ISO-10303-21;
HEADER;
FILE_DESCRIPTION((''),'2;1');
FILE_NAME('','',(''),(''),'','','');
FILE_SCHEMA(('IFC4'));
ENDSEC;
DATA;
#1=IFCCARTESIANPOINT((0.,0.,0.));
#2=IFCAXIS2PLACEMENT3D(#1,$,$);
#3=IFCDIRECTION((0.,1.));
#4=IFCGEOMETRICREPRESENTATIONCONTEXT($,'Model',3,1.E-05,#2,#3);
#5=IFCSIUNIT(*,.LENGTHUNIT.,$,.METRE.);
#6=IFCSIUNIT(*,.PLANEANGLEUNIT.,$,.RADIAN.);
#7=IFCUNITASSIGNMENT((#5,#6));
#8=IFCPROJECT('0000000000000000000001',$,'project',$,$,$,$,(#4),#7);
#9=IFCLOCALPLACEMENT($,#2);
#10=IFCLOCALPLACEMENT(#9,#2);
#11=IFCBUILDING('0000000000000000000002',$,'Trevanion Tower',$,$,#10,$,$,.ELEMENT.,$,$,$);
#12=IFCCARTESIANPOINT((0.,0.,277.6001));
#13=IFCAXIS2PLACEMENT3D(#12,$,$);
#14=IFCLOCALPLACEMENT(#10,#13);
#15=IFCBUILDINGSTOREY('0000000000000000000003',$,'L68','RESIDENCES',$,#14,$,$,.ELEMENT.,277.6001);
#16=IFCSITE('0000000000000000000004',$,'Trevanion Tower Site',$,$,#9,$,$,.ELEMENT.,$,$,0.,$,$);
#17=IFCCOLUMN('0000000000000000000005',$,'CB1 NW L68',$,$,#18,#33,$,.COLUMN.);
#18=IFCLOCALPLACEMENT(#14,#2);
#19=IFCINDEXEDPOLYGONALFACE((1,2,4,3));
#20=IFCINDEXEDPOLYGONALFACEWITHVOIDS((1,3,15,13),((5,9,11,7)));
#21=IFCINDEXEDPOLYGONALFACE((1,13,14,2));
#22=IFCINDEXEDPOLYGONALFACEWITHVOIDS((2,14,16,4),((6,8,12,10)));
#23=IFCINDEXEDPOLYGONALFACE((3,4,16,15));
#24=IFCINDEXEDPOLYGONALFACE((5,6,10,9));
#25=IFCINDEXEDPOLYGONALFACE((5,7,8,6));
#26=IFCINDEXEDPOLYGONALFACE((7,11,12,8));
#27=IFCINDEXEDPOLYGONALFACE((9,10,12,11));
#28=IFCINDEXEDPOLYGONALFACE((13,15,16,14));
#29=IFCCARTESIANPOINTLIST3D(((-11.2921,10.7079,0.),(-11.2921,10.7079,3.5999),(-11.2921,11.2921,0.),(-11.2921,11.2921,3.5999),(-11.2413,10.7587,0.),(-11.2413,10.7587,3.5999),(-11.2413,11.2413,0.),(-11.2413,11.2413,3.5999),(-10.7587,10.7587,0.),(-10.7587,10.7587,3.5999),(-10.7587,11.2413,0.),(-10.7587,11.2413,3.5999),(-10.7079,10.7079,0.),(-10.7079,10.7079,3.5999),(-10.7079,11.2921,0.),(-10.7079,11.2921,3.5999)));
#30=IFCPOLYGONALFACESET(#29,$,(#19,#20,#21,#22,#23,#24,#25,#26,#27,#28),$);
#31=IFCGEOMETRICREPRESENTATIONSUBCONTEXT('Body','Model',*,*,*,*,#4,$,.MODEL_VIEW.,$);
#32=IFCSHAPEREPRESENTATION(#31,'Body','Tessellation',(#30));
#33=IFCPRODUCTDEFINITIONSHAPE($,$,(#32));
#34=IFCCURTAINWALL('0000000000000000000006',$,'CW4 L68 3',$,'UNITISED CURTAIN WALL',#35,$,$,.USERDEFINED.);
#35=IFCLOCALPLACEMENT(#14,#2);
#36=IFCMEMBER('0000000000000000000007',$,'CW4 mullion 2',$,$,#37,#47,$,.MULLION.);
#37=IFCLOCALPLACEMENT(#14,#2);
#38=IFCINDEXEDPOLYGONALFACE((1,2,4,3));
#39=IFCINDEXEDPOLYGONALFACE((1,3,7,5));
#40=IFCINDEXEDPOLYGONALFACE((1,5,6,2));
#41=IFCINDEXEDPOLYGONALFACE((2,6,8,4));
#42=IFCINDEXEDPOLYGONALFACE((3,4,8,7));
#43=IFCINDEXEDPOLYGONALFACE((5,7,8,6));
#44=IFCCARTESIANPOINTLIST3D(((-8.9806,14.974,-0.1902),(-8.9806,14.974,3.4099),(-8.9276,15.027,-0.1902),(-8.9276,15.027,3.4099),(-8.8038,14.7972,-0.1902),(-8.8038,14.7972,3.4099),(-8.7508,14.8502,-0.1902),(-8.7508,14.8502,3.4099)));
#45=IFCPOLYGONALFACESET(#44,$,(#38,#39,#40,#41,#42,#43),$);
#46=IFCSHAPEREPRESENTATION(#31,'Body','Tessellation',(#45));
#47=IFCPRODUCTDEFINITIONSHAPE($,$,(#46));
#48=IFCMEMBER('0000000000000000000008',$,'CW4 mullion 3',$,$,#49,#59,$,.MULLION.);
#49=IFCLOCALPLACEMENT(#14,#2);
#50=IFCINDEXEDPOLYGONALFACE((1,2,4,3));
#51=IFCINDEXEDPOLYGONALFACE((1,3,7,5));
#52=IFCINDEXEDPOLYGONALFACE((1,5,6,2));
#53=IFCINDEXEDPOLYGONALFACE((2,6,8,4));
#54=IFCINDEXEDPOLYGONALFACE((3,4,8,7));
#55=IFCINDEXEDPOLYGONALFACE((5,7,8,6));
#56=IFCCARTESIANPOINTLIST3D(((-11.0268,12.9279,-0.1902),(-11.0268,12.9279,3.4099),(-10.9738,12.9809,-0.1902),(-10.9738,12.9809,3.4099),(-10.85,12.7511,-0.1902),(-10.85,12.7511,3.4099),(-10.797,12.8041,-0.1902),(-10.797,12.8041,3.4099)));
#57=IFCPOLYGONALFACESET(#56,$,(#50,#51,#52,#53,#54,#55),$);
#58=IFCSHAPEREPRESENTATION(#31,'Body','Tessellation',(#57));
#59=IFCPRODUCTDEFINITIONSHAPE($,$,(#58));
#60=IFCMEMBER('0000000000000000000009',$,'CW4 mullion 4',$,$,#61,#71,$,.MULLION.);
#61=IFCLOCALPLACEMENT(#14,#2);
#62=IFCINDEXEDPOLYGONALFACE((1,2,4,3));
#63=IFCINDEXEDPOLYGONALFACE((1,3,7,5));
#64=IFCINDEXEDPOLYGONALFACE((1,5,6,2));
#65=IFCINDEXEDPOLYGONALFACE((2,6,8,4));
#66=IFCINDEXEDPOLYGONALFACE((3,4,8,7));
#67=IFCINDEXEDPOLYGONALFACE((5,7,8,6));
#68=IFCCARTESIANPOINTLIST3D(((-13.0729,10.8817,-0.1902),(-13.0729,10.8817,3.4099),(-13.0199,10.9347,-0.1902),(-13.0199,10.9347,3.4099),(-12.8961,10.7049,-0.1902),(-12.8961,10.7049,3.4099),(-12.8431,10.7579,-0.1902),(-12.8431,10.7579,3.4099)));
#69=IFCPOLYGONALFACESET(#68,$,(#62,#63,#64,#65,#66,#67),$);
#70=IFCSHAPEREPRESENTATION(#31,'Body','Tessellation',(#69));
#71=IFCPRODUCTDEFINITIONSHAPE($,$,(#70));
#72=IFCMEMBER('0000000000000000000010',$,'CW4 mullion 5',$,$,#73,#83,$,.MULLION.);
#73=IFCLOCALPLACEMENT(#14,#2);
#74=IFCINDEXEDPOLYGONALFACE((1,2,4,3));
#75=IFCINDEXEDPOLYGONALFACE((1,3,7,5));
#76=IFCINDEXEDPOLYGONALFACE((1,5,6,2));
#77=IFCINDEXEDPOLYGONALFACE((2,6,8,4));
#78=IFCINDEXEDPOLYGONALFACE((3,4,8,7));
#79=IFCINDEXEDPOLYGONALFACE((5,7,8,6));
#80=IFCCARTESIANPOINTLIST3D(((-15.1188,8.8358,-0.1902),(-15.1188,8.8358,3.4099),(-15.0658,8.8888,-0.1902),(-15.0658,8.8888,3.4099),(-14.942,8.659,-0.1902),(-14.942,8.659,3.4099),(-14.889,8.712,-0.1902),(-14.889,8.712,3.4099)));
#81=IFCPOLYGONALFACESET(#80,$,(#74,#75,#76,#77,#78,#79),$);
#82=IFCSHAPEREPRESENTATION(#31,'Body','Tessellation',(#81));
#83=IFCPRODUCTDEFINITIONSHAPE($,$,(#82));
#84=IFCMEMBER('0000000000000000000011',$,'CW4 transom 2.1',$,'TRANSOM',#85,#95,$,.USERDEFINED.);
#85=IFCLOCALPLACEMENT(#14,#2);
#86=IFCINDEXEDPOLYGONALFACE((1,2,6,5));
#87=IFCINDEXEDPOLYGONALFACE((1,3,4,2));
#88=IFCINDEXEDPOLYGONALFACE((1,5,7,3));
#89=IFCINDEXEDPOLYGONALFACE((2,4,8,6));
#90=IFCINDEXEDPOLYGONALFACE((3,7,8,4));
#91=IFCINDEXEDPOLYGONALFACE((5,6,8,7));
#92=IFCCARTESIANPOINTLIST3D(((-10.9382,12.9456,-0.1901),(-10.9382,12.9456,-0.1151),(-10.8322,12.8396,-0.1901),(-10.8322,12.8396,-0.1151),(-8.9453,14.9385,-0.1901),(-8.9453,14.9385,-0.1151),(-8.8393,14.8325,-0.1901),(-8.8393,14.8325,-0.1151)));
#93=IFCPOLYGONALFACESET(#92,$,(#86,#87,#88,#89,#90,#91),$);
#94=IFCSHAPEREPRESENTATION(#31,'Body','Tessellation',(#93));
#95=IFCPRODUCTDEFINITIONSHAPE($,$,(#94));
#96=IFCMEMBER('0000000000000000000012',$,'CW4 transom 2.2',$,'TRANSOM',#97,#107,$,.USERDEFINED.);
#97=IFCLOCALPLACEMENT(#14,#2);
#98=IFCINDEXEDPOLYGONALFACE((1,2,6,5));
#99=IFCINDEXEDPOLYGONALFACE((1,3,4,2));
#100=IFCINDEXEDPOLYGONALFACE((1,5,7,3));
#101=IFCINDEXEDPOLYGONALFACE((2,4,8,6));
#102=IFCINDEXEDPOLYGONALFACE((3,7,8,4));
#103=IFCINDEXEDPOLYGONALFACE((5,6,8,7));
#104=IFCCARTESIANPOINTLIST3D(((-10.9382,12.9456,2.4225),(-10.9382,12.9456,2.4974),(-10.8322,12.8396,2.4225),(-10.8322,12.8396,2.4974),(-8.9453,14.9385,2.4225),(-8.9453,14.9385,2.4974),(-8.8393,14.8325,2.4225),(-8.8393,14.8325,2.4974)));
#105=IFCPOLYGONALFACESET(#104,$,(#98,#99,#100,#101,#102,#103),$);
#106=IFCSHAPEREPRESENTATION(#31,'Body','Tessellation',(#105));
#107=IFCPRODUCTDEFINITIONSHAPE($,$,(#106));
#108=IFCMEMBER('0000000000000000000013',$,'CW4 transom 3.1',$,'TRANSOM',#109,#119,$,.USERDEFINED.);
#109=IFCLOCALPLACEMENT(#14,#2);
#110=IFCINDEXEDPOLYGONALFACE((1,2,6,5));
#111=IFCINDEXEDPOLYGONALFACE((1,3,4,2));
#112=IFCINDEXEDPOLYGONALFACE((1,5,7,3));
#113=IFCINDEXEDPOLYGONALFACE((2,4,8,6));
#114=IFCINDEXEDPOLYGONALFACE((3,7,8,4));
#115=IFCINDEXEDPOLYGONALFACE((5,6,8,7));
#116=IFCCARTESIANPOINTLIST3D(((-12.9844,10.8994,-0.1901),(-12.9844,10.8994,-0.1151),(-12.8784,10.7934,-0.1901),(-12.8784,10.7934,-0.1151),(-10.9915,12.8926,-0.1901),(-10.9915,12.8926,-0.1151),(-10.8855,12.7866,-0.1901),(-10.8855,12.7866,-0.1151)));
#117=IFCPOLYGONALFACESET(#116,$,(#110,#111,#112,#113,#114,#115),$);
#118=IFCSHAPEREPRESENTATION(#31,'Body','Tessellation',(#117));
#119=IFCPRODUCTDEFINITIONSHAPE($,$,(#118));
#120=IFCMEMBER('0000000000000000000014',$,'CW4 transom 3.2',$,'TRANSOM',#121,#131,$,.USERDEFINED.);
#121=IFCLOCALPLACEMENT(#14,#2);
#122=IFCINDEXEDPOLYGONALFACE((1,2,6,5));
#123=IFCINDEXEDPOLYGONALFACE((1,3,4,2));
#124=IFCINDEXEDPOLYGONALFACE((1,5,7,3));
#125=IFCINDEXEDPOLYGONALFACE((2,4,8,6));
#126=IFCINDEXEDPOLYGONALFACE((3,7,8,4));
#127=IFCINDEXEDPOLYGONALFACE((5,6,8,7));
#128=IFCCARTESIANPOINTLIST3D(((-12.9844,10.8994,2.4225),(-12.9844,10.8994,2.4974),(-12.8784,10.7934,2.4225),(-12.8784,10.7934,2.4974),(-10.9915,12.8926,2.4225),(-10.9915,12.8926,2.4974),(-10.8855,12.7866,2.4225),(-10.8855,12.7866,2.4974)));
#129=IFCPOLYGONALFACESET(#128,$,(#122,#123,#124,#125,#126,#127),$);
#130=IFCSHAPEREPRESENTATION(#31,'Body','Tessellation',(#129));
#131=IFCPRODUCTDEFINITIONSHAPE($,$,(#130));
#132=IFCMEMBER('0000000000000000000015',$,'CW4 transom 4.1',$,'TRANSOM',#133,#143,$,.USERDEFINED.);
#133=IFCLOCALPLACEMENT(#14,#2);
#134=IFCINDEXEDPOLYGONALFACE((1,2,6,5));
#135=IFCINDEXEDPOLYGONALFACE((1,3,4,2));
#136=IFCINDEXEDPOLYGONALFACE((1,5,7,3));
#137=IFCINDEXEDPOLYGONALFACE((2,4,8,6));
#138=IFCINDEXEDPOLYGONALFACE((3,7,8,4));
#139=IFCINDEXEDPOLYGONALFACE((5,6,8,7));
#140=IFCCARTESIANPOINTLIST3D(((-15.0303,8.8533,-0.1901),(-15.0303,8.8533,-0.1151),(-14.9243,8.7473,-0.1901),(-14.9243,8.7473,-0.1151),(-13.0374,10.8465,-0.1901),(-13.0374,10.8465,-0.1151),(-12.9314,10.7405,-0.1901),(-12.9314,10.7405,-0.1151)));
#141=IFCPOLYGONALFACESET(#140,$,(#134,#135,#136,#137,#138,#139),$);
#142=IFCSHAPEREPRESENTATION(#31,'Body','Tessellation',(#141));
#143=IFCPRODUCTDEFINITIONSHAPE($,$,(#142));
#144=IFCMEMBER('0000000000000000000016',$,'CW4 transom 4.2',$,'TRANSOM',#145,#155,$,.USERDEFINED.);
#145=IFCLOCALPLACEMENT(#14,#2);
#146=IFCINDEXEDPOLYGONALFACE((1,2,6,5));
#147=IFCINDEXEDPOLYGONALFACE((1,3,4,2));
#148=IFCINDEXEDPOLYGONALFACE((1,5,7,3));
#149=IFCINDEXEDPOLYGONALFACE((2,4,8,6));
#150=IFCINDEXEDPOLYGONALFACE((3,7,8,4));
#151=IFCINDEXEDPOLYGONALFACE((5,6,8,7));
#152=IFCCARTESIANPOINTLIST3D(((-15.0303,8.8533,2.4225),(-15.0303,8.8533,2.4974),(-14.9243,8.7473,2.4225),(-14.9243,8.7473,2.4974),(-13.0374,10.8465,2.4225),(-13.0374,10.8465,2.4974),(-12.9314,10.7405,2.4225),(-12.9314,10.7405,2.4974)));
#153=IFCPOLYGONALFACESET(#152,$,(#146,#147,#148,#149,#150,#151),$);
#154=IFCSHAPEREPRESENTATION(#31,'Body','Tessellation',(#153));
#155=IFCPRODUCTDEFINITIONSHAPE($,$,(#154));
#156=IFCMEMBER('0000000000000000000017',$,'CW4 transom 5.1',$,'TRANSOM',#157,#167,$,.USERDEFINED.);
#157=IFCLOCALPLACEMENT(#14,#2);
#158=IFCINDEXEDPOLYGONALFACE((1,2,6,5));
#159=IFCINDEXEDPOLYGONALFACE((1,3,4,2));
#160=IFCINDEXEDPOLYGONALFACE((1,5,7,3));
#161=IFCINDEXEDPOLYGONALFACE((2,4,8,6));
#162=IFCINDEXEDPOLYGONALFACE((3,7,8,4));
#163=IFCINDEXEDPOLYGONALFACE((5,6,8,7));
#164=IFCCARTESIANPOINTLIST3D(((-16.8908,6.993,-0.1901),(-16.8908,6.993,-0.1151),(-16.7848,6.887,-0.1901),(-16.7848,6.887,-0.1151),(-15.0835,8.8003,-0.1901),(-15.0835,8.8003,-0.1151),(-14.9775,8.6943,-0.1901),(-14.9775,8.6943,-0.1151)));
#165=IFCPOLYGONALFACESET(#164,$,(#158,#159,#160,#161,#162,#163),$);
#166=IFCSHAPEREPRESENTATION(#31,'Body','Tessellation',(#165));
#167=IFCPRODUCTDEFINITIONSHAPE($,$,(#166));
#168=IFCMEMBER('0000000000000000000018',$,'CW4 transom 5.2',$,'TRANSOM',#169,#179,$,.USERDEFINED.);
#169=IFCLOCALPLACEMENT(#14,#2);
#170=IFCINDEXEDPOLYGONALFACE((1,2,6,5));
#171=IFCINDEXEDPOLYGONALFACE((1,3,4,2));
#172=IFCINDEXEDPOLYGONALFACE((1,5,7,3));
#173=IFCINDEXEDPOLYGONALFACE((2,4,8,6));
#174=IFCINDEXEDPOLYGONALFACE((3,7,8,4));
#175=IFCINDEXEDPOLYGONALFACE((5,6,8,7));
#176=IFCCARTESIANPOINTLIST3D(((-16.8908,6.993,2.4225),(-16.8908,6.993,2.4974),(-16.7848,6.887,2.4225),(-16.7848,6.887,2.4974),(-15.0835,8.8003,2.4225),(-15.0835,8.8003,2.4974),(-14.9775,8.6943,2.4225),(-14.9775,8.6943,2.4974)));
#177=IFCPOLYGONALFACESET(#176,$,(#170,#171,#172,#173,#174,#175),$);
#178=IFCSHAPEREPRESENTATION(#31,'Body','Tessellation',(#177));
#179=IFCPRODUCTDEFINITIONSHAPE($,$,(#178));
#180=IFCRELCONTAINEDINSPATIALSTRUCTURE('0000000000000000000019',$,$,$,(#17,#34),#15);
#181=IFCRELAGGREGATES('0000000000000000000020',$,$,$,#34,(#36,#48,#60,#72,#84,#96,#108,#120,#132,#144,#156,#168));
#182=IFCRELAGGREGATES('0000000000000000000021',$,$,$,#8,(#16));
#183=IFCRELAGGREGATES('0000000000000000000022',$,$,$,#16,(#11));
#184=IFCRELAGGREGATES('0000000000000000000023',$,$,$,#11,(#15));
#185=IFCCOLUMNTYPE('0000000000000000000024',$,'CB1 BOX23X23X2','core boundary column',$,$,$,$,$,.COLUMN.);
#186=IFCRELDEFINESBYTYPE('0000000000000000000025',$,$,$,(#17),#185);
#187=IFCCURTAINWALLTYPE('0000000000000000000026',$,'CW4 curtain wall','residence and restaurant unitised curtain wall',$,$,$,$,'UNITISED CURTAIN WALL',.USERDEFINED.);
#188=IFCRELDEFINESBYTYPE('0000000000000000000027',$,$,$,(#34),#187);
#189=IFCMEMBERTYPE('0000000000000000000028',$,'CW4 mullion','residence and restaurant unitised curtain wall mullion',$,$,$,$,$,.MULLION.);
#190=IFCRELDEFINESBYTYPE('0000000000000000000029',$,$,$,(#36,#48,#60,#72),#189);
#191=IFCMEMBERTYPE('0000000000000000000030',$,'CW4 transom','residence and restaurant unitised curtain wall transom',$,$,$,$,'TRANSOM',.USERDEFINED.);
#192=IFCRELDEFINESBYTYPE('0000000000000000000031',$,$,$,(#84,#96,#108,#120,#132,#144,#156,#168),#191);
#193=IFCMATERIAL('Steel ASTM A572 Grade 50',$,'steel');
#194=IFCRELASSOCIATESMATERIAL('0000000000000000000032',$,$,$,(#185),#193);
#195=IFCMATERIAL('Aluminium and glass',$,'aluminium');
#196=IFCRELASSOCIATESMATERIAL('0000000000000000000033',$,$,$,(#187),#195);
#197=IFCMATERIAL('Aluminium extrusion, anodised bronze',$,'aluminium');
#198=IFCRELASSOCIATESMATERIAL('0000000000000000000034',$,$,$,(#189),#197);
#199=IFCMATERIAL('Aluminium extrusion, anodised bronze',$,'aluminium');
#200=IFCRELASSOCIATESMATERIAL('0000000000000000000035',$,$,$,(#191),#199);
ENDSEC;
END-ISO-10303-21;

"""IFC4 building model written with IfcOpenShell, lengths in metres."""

from ifc_helpers import new_model, si_unit, direction, frame, origin, origin_2d, place, context, subcontext, project, spatial, rectangle, hollow_rectangle, extrude, material, material_profile, profile_set, type_object, element, aggregate, save


model = new_model("IFC4")

# Units and contexts
model_context = context("Model", 3, precision=1e-05, world=origin(), true_north=direction((0.0, 1.0)))
body_context = subcontext(model_context, "Body", "Model", "MODEL_VIEW")
ifc_project = project(units=[si_unit("LENGTHUNIT", "METRE"), si_unit("PLANEANGLEUNIT", "RADIAN")], contexts=[model_context])

# Site, building, storey
site_placement = place(None, origin())
site = spatial("IfcSite", under=ifc_project, at=site_placement, Name="Trevanion Tower Site", CompositionType="ELEMENT", RefElevation=0.0)
building_placement = place(site_placement, origin())
building = spatial("IfcBuilding", under=site, at=building_placement, Name="Trevanion Tower", CompositionType="ELEMENT")
storey_placement = place(building_placement, frame((0.0, 0.0, 277.6001)))
storey = spatial("IfcBuildingStorey", under=building, at=storey_placement, Name="L68", Description="RESIDENCES", CompositionType="ELEMENT", Elevation=277.6001)

# Column
ifc_material_1 = material(Name="Steel ASTM A572 Grade 50", Category="steel")
ifc_material_profile_1 = material_profile(ifc_material_1, hollow_rectangle(XDim=0.5842, YDim=0.5842, WallThickness=0.0508, at=origin_2d()), Name="BOX23X23X2")
ifc_profile_set_1 = profile_set([ifc_material_profile_1], Name="Steel ASTM A572 Grade 50")
column_type = type_object("IfcColumnType", Name="CB1 BOX23X23X2", Description="core boundary column", PredefinedType="COLUMN", material=ifc_profile_set_1)
column_placement = place(storey_placement, frame((-11.0, 11.0, 0.0), z_axis=(0.0, 0.0, 1.0), x_axis=(1.0, 0.0, 0.0)))
element("IfcColumn", 1, at=column_placement, inside=storey, type_object=column_type, Name="CB1 NW L68", PredefinedType="COLUMN", context=body_context, shape_type="SweptSolid", body=[
    extrude(hollow_rectangle(XDim=0.5842, YDim=0.5842, WallThickness=0.0508, at=origin_2d()), origin(), (0.0, 0.0, 1.0), 3.5999),
])

# Curtain wall, members
ifc_material_2 = material(Name="Aluminium and glass", Category="aluminium")
curtain_wall_type = type_object("IfcCurtainWallType", Name="CW4 curtain wall", Description="residence and restaurant unitised curtain wall", ElementType="UNITISED CURTAIN WALL", PredefinedType="USERDEFINED", material=ifc_material_2)
curtain_wall_placement = place(storey_placement, origin())
curtain_wall = element("IfcCurtainWall", 2, at=curtain_wall_placement, inside=storey, type_object=curtain_wall_type, Name="CW4 L68 3", ObjectType="UNITISED CURTAIN WALL", PredefinedType="USERDEFINED")
ifc_material_3 = material(Name="Aluminium extrusion, anodised bronze", Category="aluminium")
ifc_material_profile_2 = material_profile(ifc_material_3, rectangle(XDim=0.075, YDim=0.25, at=origin_2d()), Name="CW4 mullion")
ifc_profile_set_2 = profile_set([ifc_material_profile_2], Name="Aluminium extrusion, anodised bronze")
member_type_1 = type_object("IfcMemberType", Name="CW4 mullion", Description="residence and restaurant unitised curtain wall mullion", PredefinedType="MULLION", material=ifc_profile_set_2)
member_1_placement = place(storey_placement, frame((-8.8657, 14.9121, -0.1902), z_axis=(0.0, 0.0, 1.0), x_axis=(-0.707107, -0.707107, 0.0)))
member_1 = element("IfcMember", 3, at=member_1_placement, type_object=member_type_1, Name="CW4 mullion 2", PredefinedType="MULLION", context=body_context, shape_type="SweptSolid", body=[
    extrude(rectangle(XDim=0.075, YDim=0.25, at=origin_2d()), origin(), (0.0, 0.0, 1.0), 3.6001),
])
member_2_placement = place(storey_placement, frame((-10.9119, 12.866, -0.1902), z_axis=(0.0, 0.0, 1.0), x_axis=(-0.707107, -0.707107, 0.0)))
member_2 = element("IfcMember", 4, at=member_2_placement, type_object=member_type_1, Name="CW4 mullion 3", PredefinedType="MULLION", context=body_context, shape_type="SweptSolid", body=[
    extrude(rectangle(XDim=0.075, YDim=0.25, at=origin_2d()), origin(), (0.0, 0.0, 1.0), 3.6001),
])
member_3_placement = place(storey_placement, frame((-12.958, 10.8198, -0.1902), z_axis=(0.0, 0.0, 1.0), x_axis=(-0.707107, -0.707107, 0.0)))
member_3 = element("IfcMember", 5, at=member_3_placement, type_object=member_type_1, Name="CW4 mullion 4", PredefinedType="MULLION", context=body_context, shape_type="SweptSolid", body=[
    extrude(rectangle(XDim=0.075, YDim=0.25, at=origin_2d()), origin(), (0.0, 0.0, 1.0), 3.6001),
])
member_4_placement = place(storey_placement, frame((-15.0039, 8.7739, -0.1902), z_axis=(0.0, 0.0, 1.0), x_axis=(-0.707107, -0.707107, 0.0)))
member_4 = element("IfcMember", 6, at=member_4_placement, type_object=member_type_1, Name="CW4 mullion 5", PredefinedType="MULLION", context=body_context, shape_type="SweptSolid", body=[
    extrude(rectangle(XDim=0.075, YDim=0.25, at=origin_2d()), origin(), (0.0, 0.0, 1.0), 3.6001),
])
ifc_material_4 = material(Name="Aluminium extrusion, anodised bronze", Category="aluminium")
ifc_material_profile_3 = material_profile(ifc_material_4, rectangle(XDim=0.1499, YDim=0.075, at=origin_2d()), Name="CW4 transom")
ifc_profile_set_3 = profile_set([ifc_material_profile_3], Name="Aluminium extrusion, anodised bronze")
member_type_2 = type_object("IfcMemberType", Name="CW4 transom", Description="residence and restaurant unitised curtain wall transom", ElementType="TRANSOM", PredefinedType="USERDEFINED", material=ifc_profile_set_3)
member_5_placement = place(storey_placement, frame((-8.8923, 14.8855, -0.1526), z_axis=(-0.707107, -0.707107, 0.0), x_axis=(0.707107, -0.707107, 0.0)))
member_5 = element("IfcMember", 7, at=member_5_placement, type_object=member_type_2, Name="CW4 transom 2.1", ObjectType="TRANSOM", PredefinedType="USERDEFINED", context=body_context, shape_type="SweptSolid", body=[
    extrude(rectangle(XDim=0.1499, YDim=0.075, at=origin_2d()), origin(), (0.0, 0.0, 1.0), 2.8184),
])
member_6_placement = place(storey_placement, frame((-8.8923, 14.8855, 2.46), z_axis=(-0.707107, -0.707107, 0.0), x_axis=(0.707107, -0.707107, 0.0)))
member_6 = element("IfcMember", 8, at=member_6_placement, type_object=member_type_2, Name="CW4 transom 2.2", ObjectType="TRANSOM", PredefinedType="USERDEFINED", context=body_context, shape_type="SweptSolid", body=[
    extrude(rectangle(XDim=0.1499, YDim=0.075, at=origin_2d()), origin(), (0.0, 0.0, 1.0), 2.8184),
])
member_7_placement = place(storey_placement, frame((-10.9385, 12.8396, -0.1526), z_axis=(-0.707063, -0.70715, 0.0), x_axis=(0.70715, -0.707063, 0.0)))
member_7 = element("IfcMember", 9, at=member_7_placement, type_object=member_type_2, Name="CW4 transom 3.1", ObjectType="TRANSOM", PredefinedType="USERDEFINED", context=body_context, shape_type="SweptSolid", body=[
    extrude(rectangle(XDim=0.1499, YDim=0.075, at=origin_2d()), origin(), (0.0, 0.0, 1.0), 2.8186),
])
member_8_placement = place(storey_placement, frame((-10.9385, 12.8396, 2.46), z_axis=(-0.707063, -0.70715, 0.0), x_axis=(0.70715, -0.707063, 0.0)))
member_8 = element("IfcMember", 10, at=member_8_placement, type_object=member_type_2, Name="CW4 transom 3.2", ObjectType="TRANSOM", PredefinedType="USERDEFINED", context=body_context, shape_type="SweptSolid", body=[
    extrude(rectangle(XDim=0.1499, YDim=0.075, at=origin_2d()), origin(), (0.0, 0.0, 1.0), 2.8186),
])
member_9_placement = place(storey_placement, frame((-12.9844, 10.7935, -0.1526), z_axis=(-0.707063, -0.70715, 0.0), x_axis=(0.70715, -0.707063, 0.0)))
member_9 = element("IfcMember", 11, at=member_9_placement, type_object=member_type_2, Name="CW4 transom 4.1", ObjectType="TRANSOM", PredefinedType="USERDEFINED", context=body_context, shape_type="SweptSolid", body=[
    extrude(rectangle(XDim=0.1499, YDim=0.075, at=origin_2d()), origin(), (0.0, 0.0, 1.0), 2.8186),
])
member_10_placement = place(storey_placement, frame((-12.9844, 10.7935, 2.46), z_axis=(-0.707063, -0.70715, 0.0), x_axis=(0.70715, -0.707063, 0.0)))
member_10 = element("IfcMember", 12, at=member_10_placement, type_object=member_type_2, Name="CW4 transom 4.2", ObjectType="TRANSOM", PredefinedType="USERDEFINED", context=body_context, shape_type="SweptSolid", body=[
    extrude(rectangle(XDim=0.1499, YDim=0.075, at=origin_2d()), origin(), (0.0, 0.0, 1.0), 2.8186),
])
member_11_placement = place(storey_placement, frame((-15.0305, 8.7473, -0.1526), z_axis=(-0.707107, -0.707107, 0.0), x_axis=(0.707107, -0.707107, 0.0)))
member_11 = element("IfcMember", 13, at=member_11_placement, type_object=member_type_2, Name="CW4 transom 5.1", ObjectType="TRANSOM", PredefinedType="USERDEFINED", context=body_context, shape_type="SweptSolid", body=[
    extrude(rectangle(XDim=0.1499, YDim=0.075, at=origin_2d()), origin(), (0.0, 0.0, 1.0), 2.5559),
])
member_12_placement = place(storey_placement, frame((-15.0305, 8.7473, 2.46), z_axis=(-0.707107, -0.707107, 0.0), x_axis=(0.707107, -0.707107, 0.0)))
member_12 = element("IfcMember", 14, at=member_12_placement, type_object=member_type_2, Name="CW4 transom 5.2", ObjectType="TRANSOM", PredefinedType="USERDEFINED", context=body_context, shape_type="SweptSolid", body=[
    extrude(rectangle(XDim=0.1499, YDim=0.075, at=origin_2d()), origin(), (0.0, 0.0, 1.0), 2.5559),
])

aggregate(curtain_wall, [member_1, member_2, member_3, member_4, member_5, member_6, member_7, member_8, member_9, member_10, member_11, member_12])

save(model, "model.ifc")
